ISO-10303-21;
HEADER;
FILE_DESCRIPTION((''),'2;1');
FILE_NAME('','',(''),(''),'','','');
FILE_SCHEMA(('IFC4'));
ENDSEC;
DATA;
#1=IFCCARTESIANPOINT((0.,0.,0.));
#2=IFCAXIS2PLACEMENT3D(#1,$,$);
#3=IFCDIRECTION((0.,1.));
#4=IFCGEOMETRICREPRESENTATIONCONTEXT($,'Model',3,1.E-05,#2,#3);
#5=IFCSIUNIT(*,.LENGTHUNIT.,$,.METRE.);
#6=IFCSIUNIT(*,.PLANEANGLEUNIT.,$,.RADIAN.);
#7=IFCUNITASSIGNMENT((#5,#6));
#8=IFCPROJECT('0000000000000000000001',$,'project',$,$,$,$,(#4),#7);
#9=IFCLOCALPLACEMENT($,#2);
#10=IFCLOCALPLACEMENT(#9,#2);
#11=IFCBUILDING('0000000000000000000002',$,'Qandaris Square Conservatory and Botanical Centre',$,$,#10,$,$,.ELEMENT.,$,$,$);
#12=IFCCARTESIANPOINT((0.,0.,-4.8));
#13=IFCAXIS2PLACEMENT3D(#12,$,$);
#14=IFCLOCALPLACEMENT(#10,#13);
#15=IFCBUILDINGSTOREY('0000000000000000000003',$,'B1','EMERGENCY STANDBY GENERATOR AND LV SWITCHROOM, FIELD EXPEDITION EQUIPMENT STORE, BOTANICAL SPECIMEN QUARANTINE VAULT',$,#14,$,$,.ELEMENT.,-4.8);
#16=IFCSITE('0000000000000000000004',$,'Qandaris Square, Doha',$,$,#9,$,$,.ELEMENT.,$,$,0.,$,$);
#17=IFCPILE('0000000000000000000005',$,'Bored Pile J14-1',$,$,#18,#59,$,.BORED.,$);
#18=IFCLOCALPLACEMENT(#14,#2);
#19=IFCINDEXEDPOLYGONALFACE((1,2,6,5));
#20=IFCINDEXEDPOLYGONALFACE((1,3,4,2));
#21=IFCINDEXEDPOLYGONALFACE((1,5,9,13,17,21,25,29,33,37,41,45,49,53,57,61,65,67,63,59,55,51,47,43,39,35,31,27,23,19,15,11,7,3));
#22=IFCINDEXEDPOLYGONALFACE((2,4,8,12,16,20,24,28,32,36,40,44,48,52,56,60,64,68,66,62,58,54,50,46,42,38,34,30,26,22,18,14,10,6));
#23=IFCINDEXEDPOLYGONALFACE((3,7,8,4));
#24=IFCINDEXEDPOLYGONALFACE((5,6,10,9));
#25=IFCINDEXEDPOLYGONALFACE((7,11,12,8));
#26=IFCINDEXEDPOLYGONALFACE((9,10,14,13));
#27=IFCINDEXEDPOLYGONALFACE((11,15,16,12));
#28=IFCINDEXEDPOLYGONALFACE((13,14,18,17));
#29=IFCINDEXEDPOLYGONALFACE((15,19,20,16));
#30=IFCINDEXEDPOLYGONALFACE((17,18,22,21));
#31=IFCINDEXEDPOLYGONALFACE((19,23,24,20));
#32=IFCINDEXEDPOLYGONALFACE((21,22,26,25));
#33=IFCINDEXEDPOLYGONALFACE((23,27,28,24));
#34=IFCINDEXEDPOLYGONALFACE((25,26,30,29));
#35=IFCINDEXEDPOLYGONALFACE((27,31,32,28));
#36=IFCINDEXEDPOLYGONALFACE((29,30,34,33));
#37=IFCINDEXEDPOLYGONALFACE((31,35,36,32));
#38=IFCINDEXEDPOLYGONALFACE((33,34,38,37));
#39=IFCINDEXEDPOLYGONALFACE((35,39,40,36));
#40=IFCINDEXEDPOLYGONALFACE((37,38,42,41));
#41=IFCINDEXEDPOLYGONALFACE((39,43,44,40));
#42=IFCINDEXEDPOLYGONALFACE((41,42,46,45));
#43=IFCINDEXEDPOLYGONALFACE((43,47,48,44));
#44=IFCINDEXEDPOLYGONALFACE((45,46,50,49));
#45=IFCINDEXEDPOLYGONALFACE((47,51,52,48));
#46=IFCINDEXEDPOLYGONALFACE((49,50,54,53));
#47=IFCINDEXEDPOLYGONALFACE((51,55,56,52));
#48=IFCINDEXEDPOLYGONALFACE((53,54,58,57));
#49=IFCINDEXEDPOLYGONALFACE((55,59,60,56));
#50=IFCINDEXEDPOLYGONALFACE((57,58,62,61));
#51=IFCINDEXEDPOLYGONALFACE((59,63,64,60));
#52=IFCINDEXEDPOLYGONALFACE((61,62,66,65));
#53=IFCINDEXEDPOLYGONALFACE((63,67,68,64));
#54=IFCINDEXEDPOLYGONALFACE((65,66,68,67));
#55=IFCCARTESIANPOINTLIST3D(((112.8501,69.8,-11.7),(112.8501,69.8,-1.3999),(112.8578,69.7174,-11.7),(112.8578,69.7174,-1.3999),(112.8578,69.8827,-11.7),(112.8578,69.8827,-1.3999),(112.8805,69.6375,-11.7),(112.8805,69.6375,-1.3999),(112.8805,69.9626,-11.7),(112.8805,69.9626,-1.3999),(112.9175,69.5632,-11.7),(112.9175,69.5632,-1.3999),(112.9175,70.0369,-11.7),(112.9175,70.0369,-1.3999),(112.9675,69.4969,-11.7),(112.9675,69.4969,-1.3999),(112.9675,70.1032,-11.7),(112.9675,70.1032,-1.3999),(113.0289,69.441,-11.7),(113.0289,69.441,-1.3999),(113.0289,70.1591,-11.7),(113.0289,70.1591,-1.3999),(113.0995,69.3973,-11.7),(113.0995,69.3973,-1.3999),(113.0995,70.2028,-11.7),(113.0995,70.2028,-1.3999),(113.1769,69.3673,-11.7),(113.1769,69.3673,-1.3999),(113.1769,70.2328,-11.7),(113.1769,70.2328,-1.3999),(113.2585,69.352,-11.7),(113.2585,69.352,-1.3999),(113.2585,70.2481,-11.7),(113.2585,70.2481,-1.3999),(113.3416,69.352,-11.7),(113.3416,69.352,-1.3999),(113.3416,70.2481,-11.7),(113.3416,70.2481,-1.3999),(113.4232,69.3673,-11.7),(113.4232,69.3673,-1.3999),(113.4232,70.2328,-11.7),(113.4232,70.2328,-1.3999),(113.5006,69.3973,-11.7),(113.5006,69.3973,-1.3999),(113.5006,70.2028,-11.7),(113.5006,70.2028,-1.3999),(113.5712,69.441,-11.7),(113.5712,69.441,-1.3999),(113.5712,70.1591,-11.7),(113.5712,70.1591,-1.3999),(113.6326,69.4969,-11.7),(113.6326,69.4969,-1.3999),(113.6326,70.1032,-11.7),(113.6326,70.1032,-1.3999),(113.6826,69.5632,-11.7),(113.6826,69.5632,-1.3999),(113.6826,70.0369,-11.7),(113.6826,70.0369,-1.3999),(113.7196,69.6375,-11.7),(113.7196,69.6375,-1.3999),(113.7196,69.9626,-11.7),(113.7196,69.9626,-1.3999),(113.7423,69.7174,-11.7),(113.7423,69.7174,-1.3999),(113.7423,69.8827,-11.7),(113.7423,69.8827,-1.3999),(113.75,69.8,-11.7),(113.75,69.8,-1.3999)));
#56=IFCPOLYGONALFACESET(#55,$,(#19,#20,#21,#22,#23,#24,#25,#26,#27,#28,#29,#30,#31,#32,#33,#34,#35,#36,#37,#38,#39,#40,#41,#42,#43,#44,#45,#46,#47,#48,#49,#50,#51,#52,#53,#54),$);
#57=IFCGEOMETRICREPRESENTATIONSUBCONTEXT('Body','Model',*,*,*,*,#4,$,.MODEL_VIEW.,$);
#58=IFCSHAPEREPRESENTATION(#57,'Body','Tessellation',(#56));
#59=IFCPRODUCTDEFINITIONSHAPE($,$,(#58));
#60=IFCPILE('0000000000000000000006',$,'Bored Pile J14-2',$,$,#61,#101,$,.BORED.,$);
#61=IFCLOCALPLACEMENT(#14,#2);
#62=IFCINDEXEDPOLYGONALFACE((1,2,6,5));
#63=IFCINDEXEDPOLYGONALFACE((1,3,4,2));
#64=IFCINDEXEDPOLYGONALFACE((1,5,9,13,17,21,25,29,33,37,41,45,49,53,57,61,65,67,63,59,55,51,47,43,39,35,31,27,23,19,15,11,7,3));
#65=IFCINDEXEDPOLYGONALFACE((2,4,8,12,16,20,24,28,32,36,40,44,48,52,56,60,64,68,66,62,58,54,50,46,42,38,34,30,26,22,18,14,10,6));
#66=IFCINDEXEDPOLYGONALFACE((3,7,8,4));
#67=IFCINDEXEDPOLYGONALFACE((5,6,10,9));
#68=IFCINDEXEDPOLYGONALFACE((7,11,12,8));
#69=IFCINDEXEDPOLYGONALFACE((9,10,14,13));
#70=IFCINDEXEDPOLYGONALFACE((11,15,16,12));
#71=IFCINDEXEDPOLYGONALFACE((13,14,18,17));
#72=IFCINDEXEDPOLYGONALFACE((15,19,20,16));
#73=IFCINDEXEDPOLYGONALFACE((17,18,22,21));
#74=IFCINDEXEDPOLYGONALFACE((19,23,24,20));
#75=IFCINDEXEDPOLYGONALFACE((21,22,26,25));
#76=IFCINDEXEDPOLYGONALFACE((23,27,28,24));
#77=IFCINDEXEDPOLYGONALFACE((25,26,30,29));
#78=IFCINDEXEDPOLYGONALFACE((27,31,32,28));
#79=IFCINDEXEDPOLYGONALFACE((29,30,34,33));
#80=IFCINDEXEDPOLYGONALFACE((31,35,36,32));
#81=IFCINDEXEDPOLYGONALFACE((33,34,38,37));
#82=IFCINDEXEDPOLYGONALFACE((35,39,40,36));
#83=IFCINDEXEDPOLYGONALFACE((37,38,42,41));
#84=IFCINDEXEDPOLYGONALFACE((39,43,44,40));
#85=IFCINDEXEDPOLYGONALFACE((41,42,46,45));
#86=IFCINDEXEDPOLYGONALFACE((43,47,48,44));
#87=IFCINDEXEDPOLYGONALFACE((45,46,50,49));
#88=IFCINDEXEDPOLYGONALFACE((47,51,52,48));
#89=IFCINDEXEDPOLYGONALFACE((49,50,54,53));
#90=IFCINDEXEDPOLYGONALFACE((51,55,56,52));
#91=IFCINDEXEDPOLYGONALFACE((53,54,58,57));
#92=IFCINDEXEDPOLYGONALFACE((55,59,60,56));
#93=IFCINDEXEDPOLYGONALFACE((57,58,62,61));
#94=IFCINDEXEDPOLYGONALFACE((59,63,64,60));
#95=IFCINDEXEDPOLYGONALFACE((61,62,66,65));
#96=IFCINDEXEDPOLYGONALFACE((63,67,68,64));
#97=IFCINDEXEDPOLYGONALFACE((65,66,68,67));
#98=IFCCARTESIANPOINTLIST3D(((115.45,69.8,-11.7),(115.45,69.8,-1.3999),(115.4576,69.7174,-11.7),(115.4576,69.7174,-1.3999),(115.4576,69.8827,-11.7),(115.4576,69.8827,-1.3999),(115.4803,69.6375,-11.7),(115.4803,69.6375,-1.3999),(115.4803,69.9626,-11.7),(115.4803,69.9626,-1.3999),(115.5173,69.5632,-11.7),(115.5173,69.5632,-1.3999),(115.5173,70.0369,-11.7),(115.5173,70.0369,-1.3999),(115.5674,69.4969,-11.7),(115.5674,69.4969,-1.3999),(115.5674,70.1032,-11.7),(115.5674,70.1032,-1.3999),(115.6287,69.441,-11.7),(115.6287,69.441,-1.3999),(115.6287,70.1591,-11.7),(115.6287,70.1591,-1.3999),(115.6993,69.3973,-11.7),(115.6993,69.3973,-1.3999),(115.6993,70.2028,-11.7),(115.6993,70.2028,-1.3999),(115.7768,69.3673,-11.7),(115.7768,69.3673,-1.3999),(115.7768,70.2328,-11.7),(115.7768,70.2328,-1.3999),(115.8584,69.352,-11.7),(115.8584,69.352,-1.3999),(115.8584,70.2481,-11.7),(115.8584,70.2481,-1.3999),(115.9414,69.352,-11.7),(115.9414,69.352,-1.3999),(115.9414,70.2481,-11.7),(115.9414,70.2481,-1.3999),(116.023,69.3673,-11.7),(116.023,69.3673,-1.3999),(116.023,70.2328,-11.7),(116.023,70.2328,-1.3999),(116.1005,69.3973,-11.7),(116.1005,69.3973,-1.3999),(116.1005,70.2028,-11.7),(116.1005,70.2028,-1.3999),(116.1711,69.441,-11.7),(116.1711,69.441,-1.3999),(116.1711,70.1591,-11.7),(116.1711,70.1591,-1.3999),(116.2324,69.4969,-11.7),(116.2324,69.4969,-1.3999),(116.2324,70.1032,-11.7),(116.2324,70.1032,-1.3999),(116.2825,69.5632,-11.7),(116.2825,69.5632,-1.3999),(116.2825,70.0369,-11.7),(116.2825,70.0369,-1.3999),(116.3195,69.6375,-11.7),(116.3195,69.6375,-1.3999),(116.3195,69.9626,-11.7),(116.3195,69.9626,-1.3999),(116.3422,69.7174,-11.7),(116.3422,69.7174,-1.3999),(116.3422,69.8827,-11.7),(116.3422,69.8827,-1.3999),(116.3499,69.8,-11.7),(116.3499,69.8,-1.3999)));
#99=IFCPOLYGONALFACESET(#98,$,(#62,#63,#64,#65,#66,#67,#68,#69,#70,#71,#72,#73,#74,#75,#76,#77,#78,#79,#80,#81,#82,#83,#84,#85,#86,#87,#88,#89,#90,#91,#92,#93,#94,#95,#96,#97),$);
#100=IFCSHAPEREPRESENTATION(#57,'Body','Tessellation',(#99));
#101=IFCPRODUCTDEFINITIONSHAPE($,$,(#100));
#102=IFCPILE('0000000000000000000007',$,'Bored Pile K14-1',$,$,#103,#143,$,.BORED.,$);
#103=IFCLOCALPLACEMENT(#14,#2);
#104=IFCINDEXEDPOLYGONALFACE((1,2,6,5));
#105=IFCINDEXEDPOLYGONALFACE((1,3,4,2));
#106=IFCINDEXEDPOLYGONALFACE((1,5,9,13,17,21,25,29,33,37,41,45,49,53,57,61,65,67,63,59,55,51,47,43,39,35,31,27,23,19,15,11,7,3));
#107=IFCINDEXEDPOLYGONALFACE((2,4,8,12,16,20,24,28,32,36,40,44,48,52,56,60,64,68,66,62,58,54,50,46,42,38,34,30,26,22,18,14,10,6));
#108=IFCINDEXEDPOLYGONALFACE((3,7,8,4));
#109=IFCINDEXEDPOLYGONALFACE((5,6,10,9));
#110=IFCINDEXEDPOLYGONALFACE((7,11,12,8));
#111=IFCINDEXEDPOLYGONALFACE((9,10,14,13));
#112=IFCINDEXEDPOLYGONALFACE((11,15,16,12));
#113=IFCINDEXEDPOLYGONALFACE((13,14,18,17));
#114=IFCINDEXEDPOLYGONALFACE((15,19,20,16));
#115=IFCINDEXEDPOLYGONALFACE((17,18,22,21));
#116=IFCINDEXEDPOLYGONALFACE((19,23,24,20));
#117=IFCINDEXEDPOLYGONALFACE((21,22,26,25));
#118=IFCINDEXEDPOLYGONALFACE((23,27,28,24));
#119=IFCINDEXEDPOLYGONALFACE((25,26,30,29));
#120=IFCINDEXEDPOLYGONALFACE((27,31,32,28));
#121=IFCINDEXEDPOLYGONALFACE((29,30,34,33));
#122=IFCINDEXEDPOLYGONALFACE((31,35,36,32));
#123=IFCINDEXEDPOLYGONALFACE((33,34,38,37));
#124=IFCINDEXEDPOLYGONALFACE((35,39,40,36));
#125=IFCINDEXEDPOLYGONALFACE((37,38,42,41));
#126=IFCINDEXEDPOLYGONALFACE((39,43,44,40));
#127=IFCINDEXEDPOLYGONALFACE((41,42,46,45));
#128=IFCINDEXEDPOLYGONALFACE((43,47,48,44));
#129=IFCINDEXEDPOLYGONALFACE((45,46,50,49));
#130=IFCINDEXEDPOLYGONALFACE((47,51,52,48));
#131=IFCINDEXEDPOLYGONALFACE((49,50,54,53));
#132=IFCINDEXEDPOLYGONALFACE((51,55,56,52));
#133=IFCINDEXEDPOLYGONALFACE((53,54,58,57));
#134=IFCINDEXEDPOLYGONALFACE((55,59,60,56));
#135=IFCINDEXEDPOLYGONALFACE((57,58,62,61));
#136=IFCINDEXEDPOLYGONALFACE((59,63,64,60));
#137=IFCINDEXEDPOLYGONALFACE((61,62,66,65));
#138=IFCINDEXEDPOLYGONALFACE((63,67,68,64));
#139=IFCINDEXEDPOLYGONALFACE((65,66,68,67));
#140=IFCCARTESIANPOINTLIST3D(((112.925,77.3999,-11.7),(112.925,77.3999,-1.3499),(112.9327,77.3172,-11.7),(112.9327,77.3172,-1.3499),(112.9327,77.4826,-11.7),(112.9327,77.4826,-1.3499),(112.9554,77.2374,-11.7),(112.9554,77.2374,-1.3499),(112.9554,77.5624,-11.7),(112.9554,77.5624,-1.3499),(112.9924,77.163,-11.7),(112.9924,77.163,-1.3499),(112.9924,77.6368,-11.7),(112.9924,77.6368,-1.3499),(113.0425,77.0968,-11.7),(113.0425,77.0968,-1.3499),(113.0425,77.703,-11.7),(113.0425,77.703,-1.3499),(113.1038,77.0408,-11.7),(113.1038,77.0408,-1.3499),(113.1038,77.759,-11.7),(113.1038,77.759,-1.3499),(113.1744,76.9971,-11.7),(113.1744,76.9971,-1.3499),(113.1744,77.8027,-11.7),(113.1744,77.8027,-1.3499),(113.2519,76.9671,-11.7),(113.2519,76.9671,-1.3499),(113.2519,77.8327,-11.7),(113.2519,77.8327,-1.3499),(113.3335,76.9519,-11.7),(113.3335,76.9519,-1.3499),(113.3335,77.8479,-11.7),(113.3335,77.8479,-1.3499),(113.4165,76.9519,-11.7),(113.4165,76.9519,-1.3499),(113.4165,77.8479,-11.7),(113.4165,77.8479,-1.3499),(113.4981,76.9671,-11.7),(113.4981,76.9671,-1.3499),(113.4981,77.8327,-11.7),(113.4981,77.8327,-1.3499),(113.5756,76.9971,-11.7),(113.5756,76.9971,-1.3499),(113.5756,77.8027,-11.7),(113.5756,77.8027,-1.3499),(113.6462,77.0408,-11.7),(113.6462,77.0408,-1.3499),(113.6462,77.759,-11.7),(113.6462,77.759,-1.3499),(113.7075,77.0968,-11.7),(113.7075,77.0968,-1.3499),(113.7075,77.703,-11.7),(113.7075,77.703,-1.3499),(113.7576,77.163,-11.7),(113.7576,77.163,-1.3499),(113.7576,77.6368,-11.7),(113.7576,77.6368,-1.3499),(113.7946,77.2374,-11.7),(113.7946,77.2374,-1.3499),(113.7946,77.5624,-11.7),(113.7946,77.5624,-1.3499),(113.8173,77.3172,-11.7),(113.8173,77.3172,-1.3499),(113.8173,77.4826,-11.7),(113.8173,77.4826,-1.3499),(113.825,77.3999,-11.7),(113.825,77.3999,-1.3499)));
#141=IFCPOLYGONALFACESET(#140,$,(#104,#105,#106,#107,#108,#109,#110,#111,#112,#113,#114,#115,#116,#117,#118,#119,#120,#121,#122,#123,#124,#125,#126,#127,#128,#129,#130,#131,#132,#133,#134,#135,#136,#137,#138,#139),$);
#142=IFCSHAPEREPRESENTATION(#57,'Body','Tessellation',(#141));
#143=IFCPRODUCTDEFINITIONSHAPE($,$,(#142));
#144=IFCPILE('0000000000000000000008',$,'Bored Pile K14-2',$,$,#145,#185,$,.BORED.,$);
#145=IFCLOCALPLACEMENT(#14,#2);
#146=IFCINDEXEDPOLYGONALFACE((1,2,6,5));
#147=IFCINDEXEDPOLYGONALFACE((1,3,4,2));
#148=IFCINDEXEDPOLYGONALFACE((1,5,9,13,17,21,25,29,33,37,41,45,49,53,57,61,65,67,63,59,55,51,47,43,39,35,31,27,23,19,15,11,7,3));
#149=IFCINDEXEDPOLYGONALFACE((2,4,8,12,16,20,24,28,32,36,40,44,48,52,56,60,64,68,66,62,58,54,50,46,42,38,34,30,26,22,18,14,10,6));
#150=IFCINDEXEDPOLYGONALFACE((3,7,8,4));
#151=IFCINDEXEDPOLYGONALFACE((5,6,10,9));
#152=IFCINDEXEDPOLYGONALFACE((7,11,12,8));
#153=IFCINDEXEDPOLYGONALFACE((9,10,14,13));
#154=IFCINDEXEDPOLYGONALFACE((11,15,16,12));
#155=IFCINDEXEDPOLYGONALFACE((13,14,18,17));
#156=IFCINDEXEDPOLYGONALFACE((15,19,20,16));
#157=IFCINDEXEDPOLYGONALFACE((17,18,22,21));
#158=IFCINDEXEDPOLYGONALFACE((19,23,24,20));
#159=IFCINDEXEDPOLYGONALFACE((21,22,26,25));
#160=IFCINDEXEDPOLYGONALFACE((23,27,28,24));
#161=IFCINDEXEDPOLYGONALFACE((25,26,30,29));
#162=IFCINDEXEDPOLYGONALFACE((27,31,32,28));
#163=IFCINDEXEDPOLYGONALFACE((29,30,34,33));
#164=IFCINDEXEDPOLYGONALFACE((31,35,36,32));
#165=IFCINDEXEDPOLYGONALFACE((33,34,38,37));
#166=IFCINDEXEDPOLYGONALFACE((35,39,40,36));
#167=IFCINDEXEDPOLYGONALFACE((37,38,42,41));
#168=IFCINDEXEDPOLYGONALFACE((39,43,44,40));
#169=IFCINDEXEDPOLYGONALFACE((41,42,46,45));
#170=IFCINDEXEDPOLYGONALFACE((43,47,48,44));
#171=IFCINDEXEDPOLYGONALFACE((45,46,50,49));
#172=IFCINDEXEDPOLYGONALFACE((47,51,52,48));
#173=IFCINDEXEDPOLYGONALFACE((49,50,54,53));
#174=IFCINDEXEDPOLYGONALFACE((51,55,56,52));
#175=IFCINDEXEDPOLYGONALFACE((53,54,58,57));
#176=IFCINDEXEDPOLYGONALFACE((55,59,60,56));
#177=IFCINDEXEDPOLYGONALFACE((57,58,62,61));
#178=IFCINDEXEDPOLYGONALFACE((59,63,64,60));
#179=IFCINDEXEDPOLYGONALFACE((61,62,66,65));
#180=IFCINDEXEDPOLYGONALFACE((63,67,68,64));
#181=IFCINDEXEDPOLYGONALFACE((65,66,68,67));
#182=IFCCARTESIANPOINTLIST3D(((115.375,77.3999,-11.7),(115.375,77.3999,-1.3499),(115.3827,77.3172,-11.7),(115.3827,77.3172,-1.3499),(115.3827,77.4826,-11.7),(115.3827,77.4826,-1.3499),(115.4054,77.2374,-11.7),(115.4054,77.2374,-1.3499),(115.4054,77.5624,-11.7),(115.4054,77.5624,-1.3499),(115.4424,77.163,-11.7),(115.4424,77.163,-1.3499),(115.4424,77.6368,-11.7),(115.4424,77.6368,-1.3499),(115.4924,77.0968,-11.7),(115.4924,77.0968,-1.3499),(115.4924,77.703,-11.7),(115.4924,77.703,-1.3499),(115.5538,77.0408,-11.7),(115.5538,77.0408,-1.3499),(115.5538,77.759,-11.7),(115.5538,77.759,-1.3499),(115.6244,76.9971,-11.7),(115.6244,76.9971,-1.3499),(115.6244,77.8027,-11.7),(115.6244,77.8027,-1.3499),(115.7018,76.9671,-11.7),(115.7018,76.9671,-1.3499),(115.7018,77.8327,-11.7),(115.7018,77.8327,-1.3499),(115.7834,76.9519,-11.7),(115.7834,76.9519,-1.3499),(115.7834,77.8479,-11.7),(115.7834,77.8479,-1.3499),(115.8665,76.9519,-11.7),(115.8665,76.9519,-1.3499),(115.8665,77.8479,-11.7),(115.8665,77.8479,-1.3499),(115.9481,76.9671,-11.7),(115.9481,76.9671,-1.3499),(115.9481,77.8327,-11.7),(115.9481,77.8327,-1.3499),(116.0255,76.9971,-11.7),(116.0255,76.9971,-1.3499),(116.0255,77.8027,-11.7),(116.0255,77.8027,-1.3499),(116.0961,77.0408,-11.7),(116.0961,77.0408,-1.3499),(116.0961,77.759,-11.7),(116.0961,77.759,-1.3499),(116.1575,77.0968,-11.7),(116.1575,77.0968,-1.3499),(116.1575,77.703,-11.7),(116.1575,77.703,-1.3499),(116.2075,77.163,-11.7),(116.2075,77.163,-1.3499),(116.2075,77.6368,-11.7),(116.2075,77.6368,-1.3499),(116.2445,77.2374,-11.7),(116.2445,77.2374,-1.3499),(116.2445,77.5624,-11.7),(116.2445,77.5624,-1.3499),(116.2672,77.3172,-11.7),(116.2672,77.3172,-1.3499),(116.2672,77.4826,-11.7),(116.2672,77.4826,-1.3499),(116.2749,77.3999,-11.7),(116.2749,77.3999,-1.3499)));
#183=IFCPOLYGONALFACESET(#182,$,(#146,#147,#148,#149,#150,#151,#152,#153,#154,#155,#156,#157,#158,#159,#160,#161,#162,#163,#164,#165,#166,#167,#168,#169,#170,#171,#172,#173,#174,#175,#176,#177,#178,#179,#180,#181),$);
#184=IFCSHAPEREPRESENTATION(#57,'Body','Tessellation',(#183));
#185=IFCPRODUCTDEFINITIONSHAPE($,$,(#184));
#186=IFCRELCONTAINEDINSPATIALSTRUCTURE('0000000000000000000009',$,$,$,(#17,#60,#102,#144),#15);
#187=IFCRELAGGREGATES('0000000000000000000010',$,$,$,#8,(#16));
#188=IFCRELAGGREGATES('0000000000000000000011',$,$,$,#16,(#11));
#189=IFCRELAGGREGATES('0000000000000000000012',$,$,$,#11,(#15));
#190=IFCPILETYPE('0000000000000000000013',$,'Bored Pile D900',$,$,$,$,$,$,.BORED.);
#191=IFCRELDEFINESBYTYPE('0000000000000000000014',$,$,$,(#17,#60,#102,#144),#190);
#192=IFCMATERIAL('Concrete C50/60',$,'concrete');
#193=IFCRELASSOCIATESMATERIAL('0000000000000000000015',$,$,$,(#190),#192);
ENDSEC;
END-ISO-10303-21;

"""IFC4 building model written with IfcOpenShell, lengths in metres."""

from ifc_helpers import new_model, si_unit, direction, frame, origin, origin_2d, place, context, subcontext, project, spatial, circle, extrude, material, material_profile, profile_set, type_object, element, save


model = new_model("IFC4")

# Units and contexts
model_context = context("Model", 3, precision=1e-05, world=origin(), true_north=direction((0.0, 1.0)))
body_context = subcontext(model_context, "Body", "Model", "MODEL_VIEW")
ifc_project = project(units=[si_unit("LENGTHUNIT", "METRE"), si_unit("PLANEANGLEUNIT", "RADIAN")], contexts=[model_context])

# Site, building, storey
site_placement = place(None, origin())
site = spatial("IfcSite", under=ifc_project, at=site_placement, Name="Qandaris Square, Doha", CompositionType="ELEMENT", RefElevation=0.0)
building_placement = place(site_placement, origin())
building = spatial("IfcBuilding", under=site, at=building_placement, Name="Qandaris Square Conservatory and Botanical Centre", CompositionType="ELEMENT")
storey_placement = place(building_placement, frame((0.0, 0.0, -4.8)))
storey = spatial("IfcBuildingStorey", under=building, at=storey_placement, Name="B1", Description="EMERGENCY STANDBY GENERATOR AND LV SWITCHROOM, FIELD EXPEDITION EQUIPMENT STORE, BOTANICAL SPECIMEN QUARANTINE VAULT", CompositionType="ELEMENT", Elevation=-4.8)

# Piles
ifc_material_1 = material(Name="Concrete C50/60", Category="concrete")
ifc_material_profile_1 = material_profile(ifc_material_1, circle(Radius=0.45, at=origin_2d()), Name="PILE D900")
ifc_profile_set_1 = profile_set([ifc_material_profile_1], Name="Concrete C50/60")
pile_type = type_object("IfcPileType", Name="Bored Pile D900", PredefinedType="BORED", material=ifc_profile_set_1)
for number, where, z_axis, x_axis, name in (
    (1, (113.3, 69.8, -1.3999), (0.0, 0.0, -1.0), (1.0, 0.0, 0.0), "Bored Pile J14-1"),
    (2, (115.8999, 69.8, -1.3999), (0.0, 0.0, -1.0), (1.0, 0.0, 0.0), "Bored Pile J14-2"),
):
    element("IfcPile", number, at=place(storey_placement, frame(where, z_axis=z_axis, x_axis=x_axis)), inside=storey, type_object=pile_type, Name=name, PredefinedType="BORED", context=body_context, shape_type="SweptSolid", body=[
        extrude(circle(Radius=0.45, at=origin_2d()), origin(), (0.0, 0.0, 1.0), 10.3),
    ])
for number, where, z_axis, x_axis, name in (
    (3, (113.375, 77.3999, -1.3499), (0.0, 0.0, -1.0), (1.0, 0.0, 0.0), "Bored Pile K14-1"),
    (4, (115.825, 77.3999, -1.3499), (0.0, 0.0, -1.0), (1.0, 0.0, 0.0), "Bored Pile K14-2"),
):
    element("IfcPile", number, at=place(storey_placement, frame(where, z_axis=z_axis, x_axis=x_axis)), inside=storey, type_object=pile_type, Name=name, PredefinedType="BORED", context=body_context, shape_type="SweptSolid", body=[
        extrude(circle(Radius=0.45, at=origin_2d()), origin(), (0.0, 0.0, 1.0), 10.3501),
    ])

save(model, "model.ifc")
